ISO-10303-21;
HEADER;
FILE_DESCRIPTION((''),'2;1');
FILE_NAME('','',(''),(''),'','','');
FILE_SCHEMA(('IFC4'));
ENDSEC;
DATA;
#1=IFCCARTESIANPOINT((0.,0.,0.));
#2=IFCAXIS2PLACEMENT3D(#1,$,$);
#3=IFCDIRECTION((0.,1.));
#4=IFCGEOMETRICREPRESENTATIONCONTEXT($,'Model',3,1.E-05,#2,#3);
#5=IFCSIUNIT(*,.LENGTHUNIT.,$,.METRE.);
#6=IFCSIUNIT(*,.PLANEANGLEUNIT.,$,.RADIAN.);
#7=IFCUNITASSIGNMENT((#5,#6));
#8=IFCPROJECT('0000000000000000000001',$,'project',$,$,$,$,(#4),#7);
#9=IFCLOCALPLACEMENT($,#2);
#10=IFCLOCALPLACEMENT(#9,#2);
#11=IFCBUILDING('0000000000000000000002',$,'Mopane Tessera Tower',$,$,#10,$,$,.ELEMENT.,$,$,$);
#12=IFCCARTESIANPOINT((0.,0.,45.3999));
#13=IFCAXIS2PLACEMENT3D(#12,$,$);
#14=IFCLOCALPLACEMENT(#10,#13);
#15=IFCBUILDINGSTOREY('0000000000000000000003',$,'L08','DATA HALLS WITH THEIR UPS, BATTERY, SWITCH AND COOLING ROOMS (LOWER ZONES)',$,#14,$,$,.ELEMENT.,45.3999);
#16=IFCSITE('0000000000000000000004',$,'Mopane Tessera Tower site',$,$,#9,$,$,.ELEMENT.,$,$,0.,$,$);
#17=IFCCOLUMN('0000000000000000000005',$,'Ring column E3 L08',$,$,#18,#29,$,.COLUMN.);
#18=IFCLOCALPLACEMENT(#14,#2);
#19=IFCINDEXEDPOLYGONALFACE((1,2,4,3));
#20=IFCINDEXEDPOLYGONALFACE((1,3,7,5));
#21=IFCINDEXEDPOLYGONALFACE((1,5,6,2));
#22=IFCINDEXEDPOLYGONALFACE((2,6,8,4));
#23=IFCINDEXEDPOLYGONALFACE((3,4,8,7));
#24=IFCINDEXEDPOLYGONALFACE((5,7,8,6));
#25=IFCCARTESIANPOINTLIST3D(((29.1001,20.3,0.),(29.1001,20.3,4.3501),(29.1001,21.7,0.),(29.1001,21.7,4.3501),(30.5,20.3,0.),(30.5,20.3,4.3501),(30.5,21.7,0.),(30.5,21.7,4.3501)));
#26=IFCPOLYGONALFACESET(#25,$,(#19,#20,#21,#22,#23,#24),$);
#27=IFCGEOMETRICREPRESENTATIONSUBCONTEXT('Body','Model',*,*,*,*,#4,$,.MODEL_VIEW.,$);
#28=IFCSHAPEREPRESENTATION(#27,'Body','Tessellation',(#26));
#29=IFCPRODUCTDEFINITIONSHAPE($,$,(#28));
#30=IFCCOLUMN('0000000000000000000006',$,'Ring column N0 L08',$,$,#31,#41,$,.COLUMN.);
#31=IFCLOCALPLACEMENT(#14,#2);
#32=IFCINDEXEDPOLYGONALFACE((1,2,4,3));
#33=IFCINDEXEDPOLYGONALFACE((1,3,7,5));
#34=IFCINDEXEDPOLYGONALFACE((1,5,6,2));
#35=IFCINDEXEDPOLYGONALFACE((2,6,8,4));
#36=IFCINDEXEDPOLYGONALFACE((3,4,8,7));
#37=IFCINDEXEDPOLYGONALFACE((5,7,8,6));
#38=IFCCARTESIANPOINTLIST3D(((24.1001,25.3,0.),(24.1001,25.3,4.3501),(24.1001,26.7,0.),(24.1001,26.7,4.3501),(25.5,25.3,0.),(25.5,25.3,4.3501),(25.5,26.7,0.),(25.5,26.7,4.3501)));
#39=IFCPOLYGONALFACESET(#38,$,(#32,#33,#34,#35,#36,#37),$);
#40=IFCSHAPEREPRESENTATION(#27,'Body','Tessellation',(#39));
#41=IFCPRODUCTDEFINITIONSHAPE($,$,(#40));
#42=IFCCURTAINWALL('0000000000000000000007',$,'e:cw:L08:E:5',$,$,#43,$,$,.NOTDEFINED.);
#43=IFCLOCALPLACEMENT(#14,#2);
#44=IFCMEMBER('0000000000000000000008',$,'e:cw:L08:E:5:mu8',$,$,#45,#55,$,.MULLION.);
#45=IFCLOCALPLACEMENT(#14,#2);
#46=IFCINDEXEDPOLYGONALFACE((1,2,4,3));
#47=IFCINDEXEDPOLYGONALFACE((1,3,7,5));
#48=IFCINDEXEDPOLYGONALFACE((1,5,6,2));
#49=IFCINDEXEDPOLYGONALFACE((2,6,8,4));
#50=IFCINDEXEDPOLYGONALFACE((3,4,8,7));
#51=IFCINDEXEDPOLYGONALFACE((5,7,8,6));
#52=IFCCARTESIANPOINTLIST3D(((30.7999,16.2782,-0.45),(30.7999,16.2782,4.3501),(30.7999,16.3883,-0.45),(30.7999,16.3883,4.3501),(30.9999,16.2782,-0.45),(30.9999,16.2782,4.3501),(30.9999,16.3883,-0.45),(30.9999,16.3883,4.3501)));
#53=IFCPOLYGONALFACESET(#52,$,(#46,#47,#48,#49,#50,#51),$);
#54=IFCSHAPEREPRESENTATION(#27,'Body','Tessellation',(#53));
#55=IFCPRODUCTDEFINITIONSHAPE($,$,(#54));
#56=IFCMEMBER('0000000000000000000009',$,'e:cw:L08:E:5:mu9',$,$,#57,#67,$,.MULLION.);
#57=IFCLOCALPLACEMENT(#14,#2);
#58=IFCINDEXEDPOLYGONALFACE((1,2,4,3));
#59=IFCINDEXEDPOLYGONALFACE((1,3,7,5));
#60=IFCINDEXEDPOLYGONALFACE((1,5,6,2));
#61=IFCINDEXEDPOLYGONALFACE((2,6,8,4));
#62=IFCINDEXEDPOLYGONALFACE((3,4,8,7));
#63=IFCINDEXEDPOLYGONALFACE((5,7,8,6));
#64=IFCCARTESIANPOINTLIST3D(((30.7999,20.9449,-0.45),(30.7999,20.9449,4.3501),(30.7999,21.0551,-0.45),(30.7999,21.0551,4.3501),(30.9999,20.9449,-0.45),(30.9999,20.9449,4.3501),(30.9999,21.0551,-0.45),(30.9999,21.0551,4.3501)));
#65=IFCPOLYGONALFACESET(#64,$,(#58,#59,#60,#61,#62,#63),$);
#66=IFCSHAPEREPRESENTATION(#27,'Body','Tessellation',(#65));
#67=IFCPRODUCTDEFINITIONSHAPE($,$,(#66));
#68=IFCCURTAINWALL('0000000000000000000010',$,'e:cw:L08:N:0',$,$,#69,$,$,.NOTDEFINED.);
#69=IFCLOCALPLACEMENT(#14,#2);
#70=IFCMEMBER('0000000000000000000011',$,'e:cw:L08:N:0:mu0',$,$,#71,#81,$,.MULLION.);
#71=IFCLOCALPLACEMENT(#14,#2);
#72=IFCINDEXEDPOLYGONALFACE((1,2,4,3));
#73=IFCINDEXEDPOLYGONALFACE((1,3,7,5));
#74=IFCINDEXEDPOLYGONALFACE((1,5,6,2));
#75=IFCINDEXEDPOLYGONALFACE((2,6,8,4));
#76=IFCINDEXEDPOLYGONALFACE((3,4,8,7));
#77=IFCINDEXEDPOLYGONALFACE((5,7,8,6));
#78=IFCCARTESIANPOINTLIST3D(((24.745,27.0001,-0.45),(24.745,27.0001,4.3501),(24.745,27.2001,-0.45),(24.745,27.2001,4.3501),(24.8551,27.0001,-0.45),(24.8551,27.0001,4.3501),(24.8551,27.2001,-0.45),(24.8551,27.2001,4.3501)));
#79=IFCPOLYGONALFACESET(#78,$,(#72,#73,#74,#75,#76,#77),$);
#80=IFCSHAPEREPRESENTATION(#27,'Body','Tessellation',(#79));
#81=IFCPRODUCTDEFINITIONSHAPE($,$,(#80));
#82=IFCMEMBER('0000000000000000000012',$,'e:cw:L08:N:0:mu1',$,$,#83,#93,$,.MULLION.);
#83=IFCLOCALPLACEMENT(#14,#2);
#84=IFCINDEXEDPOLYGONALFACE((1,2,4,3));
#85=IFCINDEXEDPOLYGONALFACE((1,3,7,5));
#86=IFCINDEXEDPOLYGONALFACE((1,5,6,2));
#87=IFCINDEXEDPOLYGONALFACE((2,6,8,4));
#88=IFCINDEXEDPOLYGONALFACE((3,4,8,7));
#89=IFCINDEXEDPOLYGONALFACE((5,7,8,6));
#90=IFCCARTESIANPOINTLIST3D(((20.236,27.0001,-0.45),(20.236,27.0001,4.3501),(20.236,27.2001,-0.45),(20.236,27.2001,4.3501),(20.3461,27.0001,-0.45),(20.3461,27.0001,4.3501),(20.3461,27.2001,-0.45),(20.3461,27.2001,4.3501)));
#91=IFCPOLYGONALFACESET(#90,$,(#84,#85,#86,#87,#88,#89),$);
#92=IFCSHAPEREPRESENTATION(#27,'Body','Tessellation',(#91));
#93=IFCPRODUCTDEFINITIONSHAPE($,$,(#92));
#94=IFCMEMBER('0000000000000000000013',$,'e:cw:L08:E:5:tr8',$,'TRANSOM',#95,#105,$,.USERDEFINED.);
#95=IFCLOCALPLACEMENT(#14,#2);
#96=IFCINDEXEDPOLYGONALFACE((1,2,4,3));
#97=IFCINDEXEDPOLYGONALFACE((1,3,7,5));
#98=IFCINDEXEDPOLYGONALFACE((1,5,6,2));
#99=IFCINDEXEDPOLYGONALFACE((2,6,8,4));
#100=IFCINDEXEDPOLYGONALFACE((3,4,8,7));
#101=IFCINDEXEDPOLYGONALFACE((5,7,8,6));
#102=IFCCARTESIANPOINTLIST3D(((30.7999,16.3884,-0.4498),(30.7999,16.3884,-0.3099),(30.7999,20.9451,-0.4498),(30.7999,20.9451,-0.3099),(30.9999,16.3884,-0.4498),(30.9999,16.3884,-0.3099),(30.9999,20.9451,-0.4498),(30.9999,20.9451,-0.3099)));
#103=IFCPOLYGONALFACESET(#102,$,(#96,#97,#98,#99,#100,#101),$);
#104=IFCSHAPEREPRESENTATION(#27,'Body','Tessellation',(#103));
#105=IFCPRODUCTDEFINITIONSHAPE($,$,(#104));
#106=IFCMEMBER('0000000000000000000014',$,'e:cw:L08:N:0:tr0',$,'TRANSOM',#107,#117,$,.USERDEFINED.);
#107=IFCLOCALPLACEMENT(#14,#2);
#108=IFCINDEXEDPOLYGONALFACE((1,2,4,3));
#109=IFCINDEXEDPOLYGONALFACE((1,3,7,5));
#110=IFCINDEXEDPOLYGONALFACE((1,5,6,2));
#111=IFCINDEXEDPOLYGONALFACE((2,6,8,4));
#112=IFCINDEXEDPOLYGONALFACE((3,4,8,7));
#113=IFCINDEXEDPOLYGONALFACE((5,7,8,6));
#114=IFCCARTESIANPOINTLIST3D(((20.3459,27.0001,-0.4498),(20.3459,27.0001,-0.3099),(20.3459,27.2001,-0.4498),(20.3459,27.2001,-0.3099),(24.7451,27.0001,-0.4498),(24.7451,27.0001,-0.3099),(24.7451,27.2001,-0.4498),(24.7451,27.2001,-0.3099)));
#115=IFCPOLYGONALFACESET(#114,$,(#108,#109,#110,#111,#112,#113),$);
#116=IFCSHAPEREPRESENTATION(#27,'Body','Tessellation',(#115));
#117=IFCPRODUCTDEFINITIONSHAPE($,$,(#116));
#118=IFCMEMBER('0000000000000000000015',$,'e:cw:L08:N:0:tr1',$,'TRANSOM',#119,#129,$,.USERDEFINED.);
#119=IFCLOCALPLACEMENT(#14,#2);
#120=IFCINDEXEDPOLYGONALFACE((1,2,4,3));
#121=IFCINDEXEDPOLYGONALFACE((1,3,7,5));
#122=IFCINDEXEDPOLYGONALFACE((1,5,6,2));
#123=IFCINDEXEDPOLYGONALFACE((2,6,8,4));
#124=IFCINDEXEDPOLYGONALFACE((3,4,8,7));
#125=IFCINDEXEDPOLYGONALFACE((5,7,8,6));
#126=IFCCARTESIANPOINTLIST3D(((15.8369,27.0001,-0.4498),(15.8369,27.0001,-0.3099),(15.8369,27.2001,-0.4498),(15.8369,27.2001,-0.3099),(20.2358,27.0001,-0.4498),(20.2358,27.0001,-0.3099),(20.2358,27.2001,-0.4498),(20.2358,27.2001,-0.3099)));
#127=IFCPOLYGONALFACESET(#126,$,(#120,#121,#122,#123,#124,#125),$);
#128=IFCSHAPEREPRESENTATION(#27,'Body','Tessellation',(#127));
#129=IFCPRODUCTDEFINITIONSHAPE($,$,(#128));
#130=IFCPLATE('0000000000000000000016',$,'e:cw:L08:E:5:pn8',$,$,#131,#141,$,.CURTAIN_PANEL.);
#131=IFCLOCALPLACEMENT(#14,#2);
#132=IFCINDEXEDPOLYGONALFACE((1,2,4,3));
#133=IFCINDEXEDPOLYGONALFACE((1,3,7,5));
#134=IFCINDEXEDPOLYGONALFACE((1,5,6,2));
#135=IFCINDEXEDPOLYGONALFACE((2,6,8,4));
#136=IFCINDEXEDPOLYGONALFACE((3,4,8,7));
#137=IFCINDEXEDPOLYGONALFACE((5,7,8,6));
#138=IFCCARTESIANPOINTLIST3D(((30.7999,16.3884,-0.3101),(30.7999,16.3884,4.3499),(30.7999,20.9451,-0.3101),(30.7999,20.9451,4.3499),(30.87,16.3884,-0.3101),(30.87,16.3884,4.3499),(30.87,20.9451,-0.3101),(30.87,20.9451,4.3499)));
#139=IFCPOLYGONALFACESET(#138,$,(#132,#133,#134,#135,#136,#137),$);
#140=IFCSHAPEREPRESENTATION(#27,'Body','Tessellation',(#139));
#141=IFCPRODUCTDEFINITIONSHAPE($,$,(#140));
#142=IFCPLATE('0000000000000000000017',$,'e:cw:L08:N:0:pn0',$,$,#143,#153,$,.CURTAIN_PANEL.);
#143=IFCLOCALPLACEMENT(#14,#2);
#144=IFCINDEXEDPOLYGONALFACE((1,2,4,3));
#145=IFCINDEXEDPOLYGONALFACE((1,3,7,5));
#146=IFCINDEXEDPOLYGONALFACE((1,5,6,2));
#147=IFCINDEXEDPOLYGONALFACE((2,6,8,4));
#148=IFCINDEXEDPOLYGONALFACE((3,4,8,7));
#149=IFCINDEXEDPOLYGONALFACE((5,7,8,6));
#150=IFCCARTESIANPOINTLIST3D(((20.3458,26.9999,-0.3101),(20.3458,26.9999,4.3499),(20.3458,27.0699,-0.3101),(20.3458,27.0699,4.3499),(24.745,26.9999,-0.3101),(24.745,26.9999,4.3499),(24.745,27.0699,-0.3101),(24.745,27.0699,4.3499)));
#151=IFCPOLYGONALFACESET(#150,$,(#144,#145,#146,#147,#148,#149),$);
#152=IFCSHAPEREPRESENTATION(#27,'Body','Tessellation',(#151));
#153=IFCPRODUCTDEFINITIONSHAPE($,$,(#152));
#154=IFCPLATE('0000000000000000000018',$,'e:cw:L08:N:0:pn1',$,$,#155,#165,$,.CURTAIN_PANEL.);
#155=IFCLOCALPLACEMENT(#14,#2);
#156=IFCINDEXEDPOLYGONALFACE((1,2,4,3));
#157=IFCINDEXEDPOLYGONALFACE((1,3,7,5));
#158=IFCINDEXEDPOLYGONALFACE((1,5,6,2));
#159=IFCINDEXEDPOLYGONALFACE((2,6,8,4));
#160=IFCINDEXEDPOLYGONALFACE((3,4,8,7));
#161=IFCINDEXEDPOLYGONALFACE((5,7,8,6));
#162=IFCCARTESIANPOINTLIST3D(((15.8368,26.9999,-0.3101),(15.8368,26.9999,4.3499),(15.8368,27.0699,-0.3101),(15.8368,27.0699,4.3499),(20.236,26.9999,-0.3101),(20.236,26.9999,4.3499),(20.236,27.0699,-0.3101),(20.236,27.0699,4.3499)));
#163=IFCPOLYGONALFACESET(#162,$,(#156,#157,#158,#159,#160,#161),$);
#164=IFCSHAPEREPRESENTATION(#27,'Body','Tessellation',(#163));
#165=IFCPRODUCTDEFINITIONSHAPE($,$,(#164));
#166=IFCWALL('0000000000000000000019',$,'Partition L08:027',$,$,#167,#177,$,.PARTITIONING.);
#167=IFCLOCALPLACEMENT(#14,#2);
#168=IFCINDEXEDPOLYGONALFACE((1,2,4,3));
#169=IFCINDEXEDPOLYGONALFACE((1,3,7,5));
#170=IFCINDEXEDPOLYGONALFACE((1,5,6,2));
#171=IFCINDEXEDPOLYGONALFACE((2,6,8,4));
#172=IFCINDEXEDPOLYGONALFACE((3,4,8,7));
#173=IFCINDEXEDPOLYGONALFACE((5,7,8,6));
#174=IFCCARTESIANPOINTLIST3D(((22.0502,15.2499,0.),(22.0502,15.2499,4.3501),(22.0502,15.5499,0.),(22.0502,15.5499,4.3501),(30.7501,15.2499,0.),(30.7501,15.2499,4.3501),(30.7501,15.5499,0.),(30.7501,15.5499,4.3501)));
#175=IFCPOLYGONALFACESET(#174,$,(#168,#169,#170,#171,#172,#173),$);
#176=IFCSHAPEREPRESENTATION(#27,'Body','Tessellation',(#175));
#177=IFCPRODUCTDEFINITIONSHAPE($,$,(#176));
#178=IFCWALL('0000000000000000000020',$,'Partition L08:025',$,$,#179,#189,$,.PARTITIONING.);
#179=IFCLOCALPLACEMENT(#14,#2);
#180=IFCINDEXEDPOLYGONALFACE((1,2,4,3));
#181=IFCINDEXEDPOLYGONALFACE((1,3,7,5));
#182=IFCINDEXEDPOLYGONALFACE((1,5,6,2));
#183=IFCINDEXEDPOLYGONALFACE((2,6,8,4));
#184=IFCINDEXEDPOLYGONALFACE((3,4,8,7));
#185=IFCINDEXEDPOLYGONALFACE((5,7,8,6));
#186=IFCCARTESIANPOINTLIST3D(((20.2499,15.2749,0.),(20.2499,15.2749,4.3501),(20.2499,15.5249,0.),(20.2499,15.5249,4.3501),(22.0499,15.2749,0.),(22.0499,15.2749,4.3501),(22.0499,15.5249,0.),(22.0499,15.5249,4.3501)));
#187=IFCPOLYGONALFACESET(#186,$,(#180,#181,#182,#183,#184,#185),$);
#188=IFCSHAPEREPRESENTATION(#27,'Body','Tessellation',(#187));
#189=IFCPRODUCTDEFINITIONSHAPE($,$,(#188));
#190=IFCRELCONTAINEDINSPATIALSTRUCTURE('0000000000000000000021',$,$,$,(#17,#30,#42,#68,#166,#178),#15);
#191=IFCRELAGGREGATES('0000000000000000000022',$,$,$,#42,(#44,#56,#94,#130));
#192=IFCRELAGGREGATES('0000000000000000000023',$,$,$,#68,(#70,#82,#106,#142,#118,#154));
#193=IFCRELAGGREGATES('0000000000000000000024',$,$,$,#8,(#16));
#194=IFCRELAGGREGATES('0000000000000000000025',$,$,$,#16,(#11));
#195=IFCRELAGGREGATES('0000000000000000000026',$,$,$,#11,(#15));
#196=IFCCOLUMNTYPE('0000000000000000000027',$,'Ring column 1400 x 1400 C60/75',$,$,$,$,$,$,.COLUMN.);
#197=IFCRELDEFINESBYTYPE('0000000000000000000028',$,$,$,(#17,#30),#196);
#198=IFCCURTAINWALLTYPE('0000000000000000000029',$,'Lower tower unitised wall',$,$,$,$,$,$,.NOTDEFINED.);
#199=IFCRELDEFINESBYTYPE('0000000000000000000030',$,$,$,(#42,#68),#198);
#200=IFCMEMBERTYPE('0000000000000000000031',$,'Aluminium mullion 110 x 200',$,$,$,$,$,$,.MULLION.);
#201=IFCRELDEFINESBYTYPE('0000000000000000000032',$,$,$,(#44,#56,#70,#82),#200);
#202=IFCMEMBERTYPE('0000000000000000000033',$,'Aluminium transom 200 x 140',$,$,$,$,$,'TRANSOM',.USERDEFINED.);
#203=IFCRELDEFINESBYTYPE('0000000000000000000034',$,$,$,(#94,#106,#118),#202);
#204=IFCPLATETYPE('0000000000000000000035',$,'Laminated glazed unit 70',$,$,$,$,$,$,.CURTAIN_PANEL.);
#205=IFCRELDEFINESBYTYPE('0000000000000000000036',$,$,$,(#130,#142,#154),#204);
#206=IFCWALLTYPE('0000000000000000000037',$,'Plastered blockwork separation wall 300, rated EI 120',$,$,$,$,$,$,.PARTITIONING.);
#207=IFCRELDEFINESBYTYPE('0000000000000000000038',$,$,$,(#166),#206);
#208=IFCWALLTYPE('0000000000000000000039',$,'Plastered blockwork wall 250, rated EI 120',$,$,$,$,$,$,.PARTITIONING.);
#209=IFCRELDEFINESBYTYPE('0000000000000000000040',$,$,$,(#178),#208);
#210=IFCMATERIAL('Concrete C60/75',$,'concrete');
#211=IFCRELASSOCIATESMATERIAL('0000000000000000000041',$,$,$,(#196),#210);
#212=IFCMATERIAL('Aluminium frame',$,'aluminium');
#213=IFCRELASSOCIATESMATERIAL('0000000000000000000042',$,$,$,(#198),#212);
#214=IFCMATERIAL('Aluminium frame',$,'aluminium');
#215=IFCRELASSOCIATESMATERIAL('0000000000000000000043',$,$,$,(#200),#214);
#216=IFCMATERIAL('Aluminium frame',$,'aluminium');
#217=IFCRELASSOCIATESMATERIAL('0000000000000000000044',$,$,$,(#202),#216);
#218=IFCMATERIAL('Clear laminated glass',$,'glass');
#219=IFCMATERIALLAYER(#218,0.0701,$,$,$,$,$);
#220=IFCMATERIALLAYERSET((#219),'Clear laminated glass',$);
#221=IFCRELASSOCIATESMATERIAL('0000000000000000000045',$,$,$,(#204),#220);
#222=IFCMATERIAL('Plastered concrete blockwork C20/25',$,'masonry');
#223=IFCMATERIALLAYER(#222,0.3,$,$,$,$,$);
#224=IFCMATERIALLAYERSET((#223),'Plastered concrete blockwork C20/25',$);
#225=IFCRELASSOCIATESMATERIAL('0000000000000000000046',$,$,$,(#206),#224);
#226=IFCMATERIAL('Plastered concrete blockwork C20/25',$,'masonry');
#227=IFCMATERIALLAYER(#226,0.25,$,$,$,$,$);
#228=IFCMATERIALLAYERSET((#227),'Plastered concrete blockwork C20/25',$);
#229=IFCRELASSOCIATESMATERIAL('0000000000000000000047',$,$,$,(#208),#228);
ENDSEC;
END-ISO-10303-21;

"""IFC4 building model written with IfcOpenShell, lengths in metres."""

from ifc_helpers import new_model, si_unit, direction, frame, frame_2d, origin, origin_2d, place, context, subcontext, project, spatial, rectangle, extrude, material, layer, layer_set, material_profile, profile_set, type_object, element, aggregate, save


model = new_model("IFC4")

# Units and contexts
model_context = context("Model", 3, precision=1e-05, world=origin(), true_north=direction((0.0, 1.0)))
body_context = subcontext(model_context, "Body", "Model", "MODEL_VIEW")
ifc_project = project(units=[si_unit("LENGTHUNIT", "METRE"), si_unit("PLANEANGLEUNIT", "RADIAN")], contexts=[model_context])

# Site, building, storey
site_placement = place(None, origin())
site = spatial("IfcSite", under=ifc_project, at=site_placement, Name="Mopane Tessera Tower site", CompositionType="ELEMENT", RefElevation=0.0)
building_placement = place(site_placement, origin())
building = spatial("IfcBuilding", under=site, at=building_placement, Name="Mopane Tessera Tower", CompositionType="ELEMENT")
storey_placement = place(building_placement, frame((0.0, 0.0, 45.3999)))
storey = spatial("IfcBuildingStorey", under=building, at=storey_placement, Name="L08", Description="DATA HALLS WITH THEIR UPS, BATTERY, SWITCH AND COOLING ROOMS (LOWER ZONES)", CompositionType="ELEMENT", Elevation=45.3999)

# Columns
ifc_material_1 = material(Name="Concrete C60/75", Category="concrete")
ifc_material_profile_1 = material_profile(ifc_material_1, rectangle(XDim=1.3999, YDim=1.3999, at=origin_2d()))
ifc_profile_set_1 = profile_set([ifc_material_profile_1], Name="Concrete C60/75")
column_type = type_object("IfcColumnType", Name="Ring column 1400 x 1400 C60/75", PredefinedType="COLUMN", material=ifc_profile_set_1)
for number, where, z_axis, x_axis, name in (
    (1, (29.8, 21.0, 0.0), (0.0, 0.0, 1.0), (1.0, 0.0, 0.0), "Ring column E3 L08"),
    (2, (24.8, 26.0, 0.0), (0.0, 0.0, 1.0), (1.0, 0.0, 0.0), "Ring column N0 L08"),
):
    element("IfcColumn", number, at=place(storey_placement, frame(where, z_axis=z_axis, x_axis=x_axis)), inside=storey, type_object=column_type, Name=name, PredefinedType="COLUMN", context=body_context, shape_type="SweptSolid", body=[
        extrude(rectangle(XDim=1.3999, YDim=1.3999, at=origin_2d()), origin(), (0.0, 0.0, 1.0), 4.3501),
    ])

# Curtain walls, members
ifc_material_2 = material(Name="Aluminium frame", Category="aluminium")
curtain_wall_type = type_object("IfcCurtainWallType", Name="Lower tower unitised wall", PredefinedType="NOTDEFINED", material=ifc_material_2)
curtain_wall_1_placement = place(storey_placement, origin())
curtain_wall_1 = element("IfcCurtainWall", 3, at=curtain_wall_1_placement, inside=storey, type_object=curtain_wall_type, Name="e:cw:L08:E:5", PredefinedType="NOTDEFINED")
ifc_material_3 = material(Name="Aluminium frame", Category="aluminium")
ifc_material_profile_2 = material_profile(ifc_material_3, rectangle(XDim=0.1101, YDim=0.2, at=origin_2d()))
ifc_profile_set_2 = profile_set([ifc_material_profile_2], Name="Aluminium frame")
member_type_1 = type_object("IfcMemberType", Name="Aluminium mullion 110 x 200", PredefinedType="MULLION", material=ifc_profile_set_2)
member_1_placement = place(storey_placement, frame((30.8999, 16.3333, -0.45), z_axis=(0.0, 0.0, 1.0), x_axis=(0.0, 1.0, 0.0)))
member_1 = element("IfcMember", 4, at=member_1_placement, type_object=member_type_1, Name="e:cw:L08:E:5:mu8", PredefinedType="MULLION", context=body_context, shape_type="SweptSolid", body=[
    extrude(rectangle(XDim=0.1101, YDim=0.2, at=origin_2d()), origin(), (0.0, 0.0, 1.0), 4.8),
])
member_2_placement = place(storey_placement, frame((30.8999, 21.0, -0.45), z_axis=(0.0, 0.0, 1.0), x_axis=(0.0, 1.0, 0.0)))
member_2 = element("IfcMember", 5, at=member_2_placement, type_object=member_type_1, Name="e:cw:L08:E:5:mu9", PredefinedType="MULLION", context=body_context, shape_type="SweptSolid", body=[
    extrude(rectangle(XDim=0.1101, YDim=0.2, at=origin_2d()), origin(), (0.0, 0.0, 1.0), 4.8),
])
curtain_wall_2_placement = place(storey_placement, origin())
curtain_wall_2 = element("IfcCurtainWall", 6, at=curtain_wall_2_placement, inside=storey, type_object=curtain_wall_type, Name="e:cw:L08:N:0", PredefinedType="NOTDEFINED")
member_3_placement = place(storey_placement, frame((24.8, 27.1001, -0.45), z_axis=(0.0, 0.0, 1.0), x_axis=(-1.0, 0.0, 0.0)))
member_3 = element("IfcMember", 7, at=member_3_placement, type_object=member_type_1, Name="e:cw:L08:N:0:mu0", PredefinedType="MULLION", context=body_context, shape_type="SweptSolid", body=[
    extrude(rectangle(XDim=0.1101, YDim=0.2, at=origin_2d()), origin(), (0.0, 0.0, 1.0), 4.8),
])
member_4_placement = place(storey_placement, frame((20.291, 27.1001, -0.45), z_axis=(0.0, 0.0, 1.0), x_axis=(-1.0, 0.0, 0.0)))
member_4 = element("IfcMember", 8, at=member_4_placement, type_object=member_type_1, Name="e:cw:L08:N:0:mu1", PredefinedType="MULLION", context=body_context, shape_type="SweptSolid", body=[
    extrude(rectangle(XDim=0.1101, YDim=0.2, at=origin_2d()), origin(), (0.0, 0.0, 1.0), 4.8),
])

# Members
ifc_material_4 = material(Name="Aluminium frame", Category="aluminium")
ifc_material_profile_3 = material_profile(ifc_material_4, rectangle(XDim=0.2, YDim=0.1399, at=origin_2d()))
ifc_profile_set_3 = profile_set([ifc_material_profile_3], Name="Aluminium frame")
member_type_2 = type_object("IfcMemberType", Name="Aluminium transom 200 x 140", ElementType="TRANSOM", PredefinedType="USERDEFINED", material=ifc_profile_set_3)
member_5_placement = place(storey_placement, frame((30.8999, 16.3884, -0.3799), z_axis=(0.0, 1.0, 0.0), x_axis=(-1.0, 0.0, 0.0)))
member_5 = element("IfcMember", 9, at=member_5_placement, type_object=member_type_2, Name="e:cw:L08:E:5:tr8", ObjectType="TRANSOM", PredefinedType="USERDEFINED", context=body_context, shape_type="SweptSolid", body=[
    extrude(rectangle(XDim=0.2, YDim=0.1399, at=origin_2d()), origin(), (0.0, 0.0, 1.0), 4.5566),
])
member_6_placement = place(storey_placement, frame((24.7451, 27.1001, -0.3799), z_axis=(-1.0, 0.0, 0.0), x_axis=(0.0, -1.0, 0.0)))
member_6 = element("IfcMember", 10, at=member_6_placement, type_object=member_type_2, Name="e:cw:L08:N:0:tr0", ObjectType="TRANSOM", PredefinedType="USERDEFINED", context=body_context, shape_type="SweptSolid", body=[
    extrude(rectangle(XDim=0.2, YDim=0.1399, at=origin_2d()), origin(), (0.0, 0.0, 1.0), 4.3992),
])
member_7_placement = place(storey_placement, frame((20.2358, 27.1001, -0.3799), z_axis=(-1.0, 0.0, 0.0), x_axis=(0.0, -1.0, 0.0)))
member_7 = element("IfcMember", 11, at=member_7_placement, type_object=member_type_2, Name="e:cw:L08:N:0:tr1", ObjectType="TRANSOM", PredefinedType="USERDEFINED", context=body_context, shape_type="SweptSolid", body=[
    extrude(rectangle(XDim=0.2, YDim=0.1399, at=origin_2d()), origin(), (0.0, 0.0, 1.0), 4.3989),
])

# Plates
ifc_material_5 = material(Name="Clear laminated glass", Category="glass")
ifc_layer_1 = layer(ifc_material_5, 0.0701)
ifc_layer_set_1 = layer_set([ifc_layer_1], Name="Clear laminated glass")
plate_type = type_object("IfcPlateType", Name="Laminated glazed unit 70", PredefinedType="CURTAIN_PANEL", material=ifc_layer_set_1)
plate_1_placement = place(storey_placement, frame((30.835, 18.6667, -0.3101), z_axis=(0.0, 0.0, 1.0), x_axis=(0.0, 1.0, 0.0)))
plate_1 = element("IfcPlate", 12, at=plate_1_placement, type_object=plate_type, Name="e:cw:L08:E:5:pn8", PredefinedType="CURTAIN_PANEL", context=body_context, shape_type="SweptSolid", body=[
    extrude(rectangle(XDim=4.5566, YDim=0.0701, at=origin_2d()), origin(), (0.0, 0.0, 1.0), 4.6599),
])
aggregate(curtain_wall_1, [member_1, member_2, member_5, plate_1])
plate_2_placement = place(storey_placement, frame((22.5454, 27.0349, -0.3101), z_axis=(0.0, 0.0, 1.0), x_axis=(-1.0, 0.0, 0.0)))
plate_2 = element("IfcPlate", 13, at=plate_2_placement, type_object=plate_type, Name="e:cw:L08:N:0:pn0", PredefinedType="CURTAIN_PANEL", context=body_context, shape_type="SweptSolid", body=[
    extrude(rectangle(XDim=4.3992, YDim=0.0701, at=origin_2d()), origin(), (0.0, 0.0, 1.0), 4.6599),
])
plate_3_placement = place(storey_placement, frame((18.0364, 27.0349, -0.3101), z_axis=(0.0, 0.0, 1.0), x_axis=(-1.0, 0.0, 0.0)))
plate_3 = element("IfcPlate", 14, at=plate_3_placement, type_object=plate_type, Name="e:cw:L08:N:0:pn1", PredefinedType="CURTAIN_PANEL", context=body_context, shape_type="SweptSolid", body=[
    extrude(rectangle(XDim=4.3992, YDim=0.0701, at=origin_2d()), origin(), (0.0, 0.0, 1.0), 4.6599),
])
aggregate(curtain_wall_2, [member_3, member_4, member_6, plate_2, member_7, plate_3])

# Walls
ifc_material_6 = material(Name="Plastered concrete blockwork C20/25", Category="masonry")
ifc_layer_2 = layer(ifc_material_6, 0.3)
ifc_layer_set_2 = layer_set([ifc_layer_2], Name="Plastered concrete blockwork C20/25")
wall_type_1 = type_object("IfcWallType", Name="Plastered blockwork separation wall 300, rated EI 120", PredefinedType="PARTITIONING", material=ifc_layer_set_2)
wall_1_placement = place(storey_placement, frame((22.05, 15.3999, 0.0), z_axis=(0.0, 0.0, 1.0), x_axis=(1.0, 0.0, 0.0)))
element("IfcWall", 15, at=wall_1_placement, inside=storey, type_object=wall_type_1, Name="Partition L08:027", PredefinedType="PARTITIONING", context=body_context, shape_type="SweptSolid", body=[
    extrude(rectangle(XDim=8.7, YDim=0.3, at=frame_2d((4.3501, 0.0))), origin(), (0.0, 0.0, 1.0), 4.3501),
])
ifc_material_7 = material(Name="Plastered concrete blockwork C20/25", Category="masonry")
ifc_layer_3 = layer(ifc_material_7, 0.25)
ifc_layer_set_3 = layer_set([ifc_layer_3], Name="Plastered concrete blockwork C20/25")
wall_type_2 = type_object("IfcWallType", Name="Plastered blockwork wall 250, rated EI 120", PredefinedType="PARTITIONING", material=ifc_layer_set_3)
wall_2_placement = place(storey_placement, frame((20.25, 15.3999, 0.0), z_axis=(0.0, 0.0, 1.0), x_axis=(1.0, 0.0, 0.0)))
element("IfcWall", 16, at=wall_2_placement, inside=storey, type_object=wall_type_2, Name="Partition L08:025", PredefinedType="PARTITIONING", context=body_context, shape_type="SweptSolid", body=[
    extrude(rectangle(XDim=1.8, YDim=0.25, at=frame_2d((0.8999, 0.0))), origin(), (0.0, 0.0, 1.0), 4.3501),
])

save(model, "model.ifc")
